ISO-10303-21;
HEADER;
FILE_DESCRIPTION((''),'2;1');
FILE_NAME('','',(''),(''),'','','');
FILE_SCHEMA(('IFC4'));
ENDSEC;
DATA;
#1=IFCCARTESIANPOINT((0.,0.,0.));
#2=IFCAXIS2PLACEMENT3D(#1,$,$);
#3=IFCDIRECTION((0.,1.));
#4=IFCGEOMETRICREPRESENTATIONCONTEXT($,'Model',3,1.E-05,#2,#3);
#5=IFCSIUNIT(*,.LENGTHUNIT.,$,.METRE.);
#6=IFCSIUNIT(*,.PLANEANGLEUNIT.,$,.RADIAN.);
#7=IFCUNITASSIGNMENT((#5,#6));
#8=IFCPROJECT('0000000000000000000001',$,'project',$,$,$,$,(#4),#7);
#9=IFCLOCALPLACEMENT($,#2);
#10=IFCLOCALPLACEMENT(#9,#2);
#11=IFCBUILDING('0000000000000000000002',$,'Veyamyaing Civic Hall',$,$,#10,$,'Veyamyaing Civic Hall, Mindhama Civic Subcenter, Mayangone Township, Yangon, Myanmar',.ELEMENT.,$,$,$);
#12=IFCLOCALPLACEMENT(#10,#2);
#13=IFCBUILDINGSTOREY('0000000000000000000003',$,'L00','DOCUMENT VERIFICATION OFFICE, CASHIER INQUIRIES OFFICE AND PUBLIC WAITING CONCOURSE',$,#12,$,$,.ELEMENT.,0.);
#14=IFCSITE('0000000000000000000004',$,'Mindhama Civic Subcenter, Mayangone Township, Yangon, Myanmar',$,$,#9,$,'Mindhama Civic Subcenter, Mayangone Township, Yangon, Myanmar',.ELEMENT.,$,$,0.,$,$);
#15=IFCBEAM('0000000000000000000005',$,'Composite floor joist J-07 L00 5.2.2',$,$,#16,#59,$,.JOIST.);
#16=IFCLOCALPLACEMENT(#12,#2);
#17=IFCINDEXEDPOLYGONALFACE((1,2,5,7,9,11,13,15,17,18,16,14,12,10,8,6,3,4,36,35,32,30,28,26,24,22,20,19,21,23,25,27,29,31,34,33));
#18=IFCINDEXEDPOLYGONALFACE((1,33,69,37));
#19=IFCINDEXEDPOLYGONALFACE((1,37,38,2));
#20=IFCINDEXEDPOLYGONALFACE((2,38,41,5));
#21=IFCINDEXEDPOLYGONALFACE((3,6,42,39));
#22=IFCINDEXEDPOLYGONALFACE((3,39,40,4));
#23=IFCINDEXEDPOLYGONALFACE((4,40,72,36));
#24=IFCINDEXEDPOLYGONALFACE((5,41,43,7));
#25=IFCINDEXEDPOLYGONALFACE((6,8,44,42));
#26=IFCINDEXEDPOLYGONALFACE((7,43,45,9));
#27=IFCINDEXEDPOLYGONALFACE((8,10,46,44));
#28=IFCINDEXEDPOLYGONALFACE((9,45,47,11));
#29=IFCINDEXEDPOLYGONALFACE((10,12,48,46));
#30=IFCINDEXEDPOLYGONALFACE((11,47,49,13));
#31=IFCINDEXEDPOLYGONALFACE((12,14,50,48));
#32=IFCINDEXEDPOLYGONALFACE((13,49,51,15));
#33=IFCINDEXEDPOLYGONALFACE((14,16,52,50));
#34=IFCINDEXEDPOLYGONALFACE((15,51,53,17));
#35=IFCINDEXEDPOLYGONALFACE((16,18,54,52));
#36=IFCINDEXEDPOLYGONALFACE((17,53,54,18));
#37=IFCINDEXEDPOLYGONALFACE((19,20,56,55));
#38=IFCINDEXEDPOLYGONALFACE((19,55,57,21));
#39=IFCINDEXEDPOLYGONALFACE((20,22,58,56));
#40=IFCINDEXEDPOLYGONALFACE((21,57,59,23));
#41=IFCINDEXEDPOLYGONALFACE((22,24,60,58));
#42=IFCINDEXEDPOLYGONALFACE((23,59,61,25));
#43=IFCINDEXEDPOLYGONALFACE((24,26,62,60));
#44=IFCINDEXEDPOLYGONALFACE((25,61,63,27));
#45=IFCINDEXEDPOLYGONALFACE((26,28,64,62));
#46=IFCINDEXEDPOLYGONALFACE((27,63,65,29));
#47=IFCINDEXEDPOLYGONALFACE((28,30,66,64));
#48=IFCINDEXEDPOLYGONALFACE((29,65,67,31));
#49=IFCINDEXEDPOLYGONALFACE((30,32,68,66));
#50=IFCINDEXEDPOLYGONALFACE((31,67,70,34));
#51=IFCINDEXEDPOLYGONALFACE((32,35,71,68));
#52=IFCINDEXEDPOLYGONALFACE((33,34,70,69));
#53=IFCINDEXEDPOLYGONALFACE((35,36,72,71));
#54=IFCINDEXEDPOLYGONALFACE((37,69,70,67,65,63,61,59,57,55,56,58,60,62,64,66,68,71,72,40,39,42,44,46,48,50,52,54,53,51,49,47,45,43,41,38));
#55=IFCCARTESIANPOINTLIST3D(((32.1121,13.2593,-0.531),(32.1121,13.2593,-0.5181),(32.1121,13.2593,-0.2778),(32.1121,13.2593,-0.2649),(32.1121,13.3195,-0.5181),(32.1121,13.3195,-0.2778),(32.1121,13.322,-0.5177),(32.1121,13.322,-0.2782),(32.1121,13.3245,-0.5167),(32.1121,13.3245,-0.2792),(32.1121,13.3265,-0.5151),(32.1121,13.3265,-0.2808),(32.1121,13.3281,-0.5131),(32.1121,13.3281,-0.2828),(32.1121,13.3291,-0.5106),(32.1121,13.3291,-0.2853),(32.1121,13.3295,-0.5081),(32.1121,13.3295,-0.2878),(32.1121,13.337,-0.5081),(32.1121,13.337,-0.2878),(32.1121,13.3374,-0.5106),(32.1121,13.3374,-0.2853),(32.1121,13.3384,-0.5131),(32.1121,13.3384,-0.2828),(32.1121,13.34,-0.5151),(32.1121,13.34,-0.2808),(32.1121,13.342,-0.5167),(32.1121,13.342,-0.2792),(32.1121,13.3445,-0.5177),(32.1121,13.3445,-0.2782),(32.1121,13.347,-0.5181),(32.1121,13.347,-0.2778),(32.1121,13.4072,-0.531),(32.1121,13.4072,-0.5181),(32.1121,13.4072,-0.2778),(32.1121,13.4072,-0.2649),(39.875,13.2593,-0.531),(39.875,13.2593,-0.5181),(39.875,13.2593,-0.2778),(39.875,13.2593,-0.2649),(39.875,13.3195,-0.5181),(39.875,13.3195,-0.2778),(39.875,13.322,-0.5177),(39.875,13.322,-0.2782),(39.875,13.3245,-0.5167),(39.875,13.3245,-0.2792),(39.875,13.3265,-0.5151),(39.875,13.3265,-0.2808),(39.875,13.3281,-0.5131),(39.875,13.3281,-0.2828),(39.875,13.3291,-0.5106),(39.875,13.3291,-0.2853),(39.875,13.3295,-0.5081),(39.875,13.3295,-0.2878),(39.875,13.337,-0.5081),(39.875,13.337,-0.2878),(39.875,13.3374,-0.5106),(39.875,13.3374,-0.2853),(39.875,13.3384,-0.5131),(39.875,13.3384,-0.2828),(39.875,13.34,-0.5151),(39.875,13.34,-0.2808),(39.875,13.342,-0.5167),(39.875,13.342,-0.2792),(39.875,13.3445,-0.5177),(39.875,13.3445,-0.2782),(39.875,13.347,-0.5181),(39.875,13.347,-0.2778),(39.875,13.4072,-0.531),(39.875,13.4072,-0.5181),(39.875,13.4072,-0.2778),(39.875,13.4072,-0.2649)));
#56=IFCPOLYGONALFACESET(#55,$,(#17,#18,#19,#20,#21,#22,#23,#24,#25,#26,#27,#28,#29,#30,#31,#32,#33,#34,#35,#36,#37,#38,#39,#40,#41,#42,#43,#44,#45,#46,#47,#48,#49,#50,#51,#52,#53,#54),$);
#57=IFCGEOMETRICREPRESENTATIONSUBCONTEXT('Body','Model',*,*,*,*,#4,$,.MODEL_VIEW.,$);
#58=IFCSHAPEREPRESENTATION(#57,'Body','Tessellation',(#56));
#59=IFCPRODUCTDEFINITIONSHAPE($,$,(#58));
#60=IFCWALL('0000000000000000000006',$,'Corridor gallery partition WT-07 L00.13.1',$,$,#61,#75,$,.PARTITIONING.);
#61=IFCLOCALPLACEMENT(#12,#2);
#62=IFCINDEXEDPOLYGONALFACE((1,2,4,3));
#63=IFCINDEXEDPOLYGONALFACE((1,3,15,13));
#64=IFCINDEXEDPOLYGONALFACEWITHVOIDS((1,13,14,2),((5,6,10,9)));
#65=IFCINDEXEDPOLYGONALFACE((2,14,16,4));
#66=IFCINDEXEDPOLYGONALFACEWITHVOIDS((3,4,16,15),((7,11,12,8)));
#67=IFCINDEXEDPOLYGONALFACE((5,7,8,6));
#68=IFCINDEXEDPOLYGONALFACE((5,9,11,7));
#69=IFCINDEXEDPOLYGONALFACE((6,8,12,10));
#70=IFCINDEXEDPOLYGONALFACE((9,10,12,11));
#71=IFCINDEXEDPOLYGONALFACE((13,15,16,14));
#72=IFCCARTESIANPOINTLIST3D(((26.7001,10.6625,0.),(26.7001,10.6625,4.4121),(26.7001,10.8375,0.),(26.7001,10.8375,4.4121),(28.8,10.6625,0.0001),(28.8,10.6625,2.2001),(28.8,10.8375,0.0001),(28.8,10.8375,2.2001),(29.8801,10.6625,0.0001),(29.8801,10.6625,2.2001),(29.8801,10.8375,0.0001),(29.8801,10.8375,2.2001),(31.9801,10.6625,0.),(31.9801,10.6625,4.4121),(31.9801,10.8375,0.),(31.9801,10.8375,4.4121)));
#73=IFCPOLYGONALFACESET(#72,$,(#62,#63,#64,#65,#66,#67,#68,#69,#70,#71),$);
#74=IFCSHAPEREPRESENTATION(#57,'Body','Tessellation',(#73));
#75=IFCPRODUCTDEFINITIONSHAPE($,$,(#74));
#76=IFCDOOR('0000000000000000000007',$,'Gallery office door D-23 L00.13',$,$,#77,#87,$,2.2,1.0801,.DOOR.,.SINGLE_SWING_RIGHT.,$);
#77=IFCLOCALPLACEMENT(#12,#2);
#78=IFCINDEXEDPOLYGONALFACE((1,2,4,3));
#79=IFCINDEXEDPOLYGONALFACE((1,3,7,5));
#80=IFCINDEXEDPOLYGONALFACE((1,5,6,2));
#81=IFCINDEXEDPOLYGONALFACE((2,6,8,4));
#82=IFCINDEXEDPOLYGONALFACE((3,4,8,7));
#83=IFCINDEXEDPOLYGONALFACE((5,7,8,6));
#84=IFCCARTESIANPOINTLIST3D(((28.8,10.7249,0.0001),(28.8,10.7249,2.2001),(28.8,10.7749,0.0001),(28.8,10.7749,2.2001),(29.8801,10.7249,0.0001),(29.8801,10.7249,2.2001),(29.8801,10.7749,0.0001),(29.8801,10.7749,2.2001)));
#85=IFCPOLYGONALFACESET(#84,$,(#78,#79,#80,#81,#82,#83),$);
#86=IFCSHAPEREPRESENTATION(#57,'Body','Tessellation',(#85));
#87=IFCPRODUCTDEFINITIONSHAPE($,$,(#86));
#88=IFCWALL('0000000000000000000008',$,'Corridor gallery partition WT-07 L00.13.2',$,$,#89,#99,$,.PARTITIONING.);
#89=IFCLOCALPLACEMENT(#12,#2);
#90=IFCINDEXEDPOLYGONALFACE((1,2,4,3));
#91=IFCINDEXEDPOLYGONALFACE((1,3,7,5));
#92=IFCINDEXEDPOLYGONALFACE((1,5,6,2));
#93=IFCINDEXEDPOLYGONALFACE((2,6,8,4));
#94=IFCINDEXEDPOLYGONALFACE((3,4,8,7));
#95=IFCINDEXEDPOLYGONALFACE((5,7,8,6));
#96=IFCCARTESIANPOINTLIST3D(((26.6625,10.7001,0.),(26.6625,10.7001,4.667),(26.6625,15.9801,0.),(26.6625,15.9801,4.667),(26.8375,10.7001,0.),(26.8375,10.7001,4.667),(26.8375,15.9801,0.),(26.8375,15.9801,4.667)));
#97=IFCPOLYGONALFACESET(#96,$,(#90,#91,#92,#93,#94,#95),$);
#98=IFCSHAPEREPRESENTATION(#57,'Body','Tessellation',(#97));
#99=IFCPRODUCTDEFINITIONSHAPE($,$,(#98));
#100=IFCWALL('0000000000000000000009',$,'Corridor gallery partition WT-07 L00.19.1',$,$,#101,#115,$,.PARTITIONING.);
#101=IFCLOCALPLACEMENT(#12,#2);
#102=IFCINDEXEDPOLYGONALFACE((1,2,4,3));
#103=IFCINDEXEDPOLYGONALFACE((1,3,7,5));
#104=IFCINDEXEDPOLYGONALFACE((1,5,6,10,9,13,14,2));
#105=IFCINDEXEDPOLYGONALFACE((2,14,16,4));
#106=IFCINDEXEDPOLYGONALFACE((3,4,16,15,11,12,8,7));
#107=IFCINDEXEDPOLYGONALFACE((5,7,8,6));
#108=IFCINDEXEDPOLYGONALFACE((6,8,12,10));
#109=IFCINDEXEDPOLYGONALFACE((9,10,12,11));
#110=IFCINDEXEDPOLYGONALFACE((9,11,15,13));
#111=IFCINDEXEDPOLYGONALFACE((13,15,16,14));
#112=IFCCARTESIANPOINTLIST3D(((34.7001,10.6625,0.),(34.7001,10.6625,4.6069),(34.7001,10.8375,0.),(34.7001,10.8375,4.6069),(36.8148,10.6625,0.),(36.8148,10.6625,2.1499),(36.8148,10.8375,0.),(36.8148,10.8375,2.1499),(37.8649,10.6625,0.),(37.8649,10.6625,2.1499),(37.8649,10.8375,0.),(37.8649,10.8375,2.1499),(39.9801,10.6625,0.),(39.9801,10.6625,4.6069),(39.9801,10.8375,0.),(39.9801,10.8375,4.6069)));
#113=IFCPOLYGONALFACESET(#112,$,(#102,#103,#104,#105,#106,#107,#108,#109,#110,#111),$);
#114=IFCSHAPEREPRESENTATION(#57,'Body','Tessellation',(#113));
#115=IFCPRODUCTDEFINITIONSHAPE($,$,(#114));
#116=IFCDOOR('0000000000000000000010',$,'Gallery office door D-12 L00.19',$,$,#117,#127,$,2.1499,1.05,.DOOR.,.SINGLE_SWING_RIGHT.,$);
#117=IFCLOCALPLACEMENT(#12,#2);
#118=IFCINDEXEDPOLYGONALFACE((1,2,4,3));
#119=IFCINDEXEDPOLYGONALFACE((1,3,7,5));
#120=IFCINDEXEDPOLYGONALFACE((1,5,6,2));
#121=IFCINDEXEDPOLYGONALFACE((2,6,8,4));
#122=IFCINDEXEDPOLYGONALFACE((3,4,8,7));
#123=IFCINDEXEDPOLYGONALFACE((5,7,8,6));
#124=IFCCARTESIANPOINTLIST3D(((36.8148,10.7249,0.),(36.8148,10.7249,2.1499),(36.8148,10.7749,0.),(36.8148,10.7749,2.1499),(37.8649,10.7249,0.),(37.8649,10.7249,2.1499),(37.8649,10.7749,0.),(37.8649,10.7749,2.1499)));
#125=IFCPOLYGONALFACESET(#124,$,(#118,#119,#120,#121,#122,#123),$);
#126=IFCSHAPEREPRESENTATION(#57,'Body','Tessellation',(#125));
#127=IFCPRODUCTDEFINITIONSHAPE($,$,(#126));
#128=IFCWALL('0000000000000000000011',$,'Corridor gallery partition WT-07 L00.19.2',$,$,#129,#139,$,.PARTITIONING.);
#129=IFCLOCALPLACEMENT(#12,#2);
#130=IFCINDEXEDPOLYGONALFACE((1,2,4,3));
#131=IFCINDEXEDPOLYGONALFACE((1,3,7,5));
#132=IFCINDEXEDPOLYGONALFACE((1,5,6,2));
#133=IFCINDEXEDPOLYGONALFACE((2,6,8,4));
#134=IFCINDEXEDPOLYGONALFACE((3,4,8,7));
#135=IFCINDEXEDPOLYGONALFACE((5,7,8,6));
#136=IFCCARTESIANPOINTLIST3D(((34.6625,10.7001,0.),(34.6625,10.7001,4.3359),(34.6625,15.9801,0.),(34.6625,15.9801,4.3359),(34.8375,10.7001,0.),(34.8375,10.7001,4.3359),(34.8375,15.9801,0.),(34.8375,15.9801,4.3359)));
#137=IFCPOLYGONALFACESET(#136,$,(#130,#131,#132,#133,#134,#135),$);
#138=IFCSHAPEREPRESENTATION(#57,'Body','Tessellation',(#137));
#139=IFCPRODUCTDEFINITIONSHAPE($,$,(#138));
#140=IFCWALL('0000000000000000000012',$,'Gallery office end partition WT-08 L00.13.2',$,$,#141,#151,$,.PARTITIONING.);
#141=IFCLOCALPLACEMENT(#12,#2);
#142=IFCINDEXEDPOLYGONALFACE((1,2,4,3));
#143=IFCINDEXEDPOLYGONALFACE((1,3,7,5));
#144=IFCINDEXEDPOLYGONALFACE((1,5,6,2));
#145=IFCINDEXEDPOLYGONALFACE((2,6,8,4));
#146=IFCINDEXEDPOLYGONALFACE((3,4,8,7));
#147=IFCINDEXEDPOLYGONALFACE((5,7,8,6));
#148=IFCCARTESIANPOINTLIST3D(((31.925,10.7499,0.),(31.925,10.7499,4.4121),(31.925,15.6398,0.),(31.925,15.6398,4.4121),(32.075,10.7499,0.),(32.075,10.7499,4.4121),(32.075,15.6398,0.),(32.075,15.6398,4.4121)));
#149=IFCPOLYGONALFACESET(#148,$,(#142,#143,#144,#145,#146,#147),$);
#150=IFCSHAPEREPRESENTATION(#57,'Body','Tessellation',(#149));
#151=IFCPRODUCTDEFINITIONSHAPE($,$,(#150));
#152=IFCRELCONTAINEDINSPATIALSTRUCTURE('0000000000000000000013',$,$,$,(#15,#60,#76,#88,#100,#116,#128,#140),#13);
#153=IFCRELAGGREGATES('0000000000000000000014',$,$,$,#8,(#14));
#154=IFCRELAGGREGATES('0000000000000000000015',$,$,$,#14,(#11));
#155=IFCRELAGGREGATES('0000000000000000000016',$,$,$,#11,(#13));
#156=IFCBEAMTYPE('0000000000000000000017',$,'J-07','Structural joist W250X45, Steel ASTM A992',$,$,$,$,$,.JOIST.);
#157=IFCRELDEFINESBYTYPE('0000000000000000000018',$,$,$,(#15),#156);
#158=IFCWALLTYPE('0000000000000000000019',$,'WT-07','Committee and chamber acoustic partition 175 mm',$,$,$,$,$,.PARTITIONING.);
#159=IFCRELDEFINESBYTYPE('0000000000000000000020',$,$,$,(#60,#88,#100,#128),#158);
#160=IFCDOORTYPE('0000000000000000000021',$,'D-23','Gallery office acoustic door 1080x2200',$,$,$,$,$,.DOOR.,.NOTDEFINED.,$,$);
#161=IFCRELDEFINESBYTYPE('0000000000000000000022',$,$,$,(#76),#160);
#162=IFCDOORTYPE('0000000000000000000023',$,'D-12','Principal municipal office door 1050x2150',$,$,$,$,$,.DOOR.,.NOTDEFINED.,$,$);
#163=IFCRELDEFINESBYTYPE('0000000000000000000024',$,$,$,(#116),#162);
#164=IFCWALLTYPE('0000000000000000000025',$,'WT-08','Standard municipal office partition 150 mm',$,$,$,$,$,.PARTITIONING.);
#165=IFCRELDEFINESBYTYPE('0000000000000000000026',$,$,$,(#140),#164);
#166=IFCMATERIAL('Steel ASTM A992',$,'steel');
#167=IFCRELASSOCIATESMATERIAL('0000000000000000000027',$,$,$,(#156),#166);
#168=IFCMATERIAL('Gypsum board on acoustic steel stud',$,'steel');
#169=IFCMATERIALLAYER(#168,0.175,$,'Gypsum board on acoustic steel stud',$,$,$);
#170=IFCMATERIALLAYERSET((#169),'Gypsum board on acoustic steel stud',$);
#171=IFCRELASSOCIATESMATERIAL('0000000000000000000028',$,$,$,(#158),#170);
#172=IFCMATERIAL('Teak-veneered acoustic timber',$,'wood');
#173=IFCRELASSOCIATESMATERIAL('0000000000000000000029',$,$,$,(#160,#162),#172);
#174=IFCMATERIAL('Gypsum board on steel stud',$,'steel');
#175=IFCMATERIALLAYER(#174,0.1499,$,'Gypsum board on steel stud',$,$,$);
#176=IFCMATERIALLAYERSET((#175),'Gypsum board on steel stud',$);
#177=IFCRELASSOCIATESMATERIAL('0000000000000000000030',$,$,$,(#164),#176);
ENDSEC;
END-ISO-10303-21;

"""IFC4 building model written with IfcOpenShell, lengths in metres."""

from ifc_helpers import new_model, si_unit, direction, frame, frame_2d, origin, origin_2d, place, context, subcontext, project, spatial, rectangle, i_section, extrude, material, layer, layer_set, material_profile, profile_set, type_object, element, fill, save


model = new_model("IFC4")

# Units and contexts
model_context = context("Model", 3, precision=1e-05, world=origin(), true_north=direction((0.0, 1.0)))
body_context = subcontext(model_context, "Body", "Model", "MODEL_VIEW")
ifc_project = project(units=[si_unit("LENGTHUNIT", "METRE"), si_unit("PLANEANGLEUNIT", "RADIAN")], contexts=[model_context])

# Site, building, storey
site_placement = place(None, origin())
site = spatial("IfcSite", under=ifc_project, at=site_placement, Name="Mindhama Civic Subcenter, Mayangone Township, Yangon, Myanmar", LongName="Mindhama Civic Subcenter, Mayangone Township, Yangon, Myanmar", CompositionType="ELEMENT", RefElevation=0.0)
building_placement = place(site_placement, origin())
building = spatial("IfcBuilding", under=site, at=building_placement, Name="Veyamyaing Civic Hall", LongName="Veyamyaing Civic Hall, Mindhama Civic Subcenter, Mayangone Township, Yangon, Myanmar", CompositionType="ELEMENT")
storey_placement = place(building_placement, origin())
storey = spatial("IfcBuildingStorey", under=building, at=storey_placement, Name="L00", Description="DOCUMENT VERIFICATION OFFICE, CASHIER INQUIRIES OFFICE AND PUBLIC WAITING CONCOURSE", CompositionType="ELEMENT", Elevation=0.0)

# Shared definitions
ifc_material_1 = material(Name="Steel ASTM A992", Category="steel")

# Beam
ifc_material_profile_1 = material_profile(ifc_material_1, i_section(OverallWidth=0.1479, OverallDepth=0.2661, WebThickness=0.0076, FlangeThickness=0.0129, FilletRadius=0.01, at=origin_2d()), Name="W250X45")
ifc_profile_set_1 = profile_set([ifc_material_profile_1], Name="Steel ASTM A992")
beam_type_1 = type_object("IfcBeamType", Name="J-07", Description="Structural joist W250X45, Steel ASTM A992", PredefinedType="JOIST", material=ifc_profile_set_1)
for number, where, z_axis, x_axis, name in (
    (1, (32.1121, 13.3333, -0.3979), (1.0, 0.0, 0.0), (0.0, 1.0, 0.0), "Composite floor joist J-07 L00 5.2.2"),
):
    element("IfcBeam", number, at=place(storey_placement, frame(where, z_axis=z_axis, x_axis=x_axis)), inside=storey, type_object=beam_type_1, Name=name, PredefinedType="JOIST", context=body_context, shape_type="SweptSolid", body=[
        extrude(i_section(OverallWidth=0.1479, OverallDepth=0.2661, WebThickness=0.0076, FlangeThickness=0.0129, FilletRadius=0.01, at=origin_2d()), origin(), (0.0, 0.0, 1.0), 7.7629),
    ])

# Wall, opening, door
ifc_material_2 = material(Name="Gypsum board on acoustic steel stud", Category="steel")
ifc_layer_1 = layer(ifc_material_2, 0.175, Name="Gypsum board on acoustic steel stud")
ifc_layer_set_1 = layer_set([ifc_layer_1], Name="Gypsum board on acoustic steel stud")
wall_type_1 = type_object("IfcWallType", Name="WT-07", Description="Committee and chamber acoustic partition 175 mm", PredefinedType="PARTITIONING", material=ifc_layer_set_1)
wall_1_placement = place(storey_placement, frame((26.7, 10.75, 0.0), z_axis=(0.0, 0.0, 1.0), x_axis=(1.0, 0.0, 0.0)))
wall_1 = element("IfcWall", 2, at=wall_1_placement, inside=storey, type_object=wall_type_1, Name="Corridor gallery partition WT-07 L00.13.1", PredefinedType="PARTITIONING", context=body_context, shape_type="SweptSolid", body=[
    extrude(rectangle(XDim=5.28, YDim=0.175, at=frame_2d((2.6401, 0.0))), origin(), (0.0, 0.0, 1.0), 4.4121),
])
opening_1_placement = place(wall_1_placement, frame((2.1001, 0.0, 0.0)))
opening_1 = element("IfcOpeningElement", 3, at=opening_1_placement, cuts=wall_1, PredefinedType="OPENING", context=body_context, shape_type="SweptSolid", body=[
    extrude(rectangle(XDim=1.0801, YDim=2.2, at=frame_2d((0.54, 1.1001))), frame((0.0, 0.0974, 0.0), z_axis=(0.0, -1.0, 0.0), x_axis=(1.0, 0.0, 0.0)), (0.0, 0.0, 1.0), 0.1951),
])
ifc_material_3 = material(Name="Teak-veneered acoustic timber", Category="wood")
door_type_1 = type_object("IfcDoorType", Name="D-23", Description="Gallery office acoustic door 1080x2200", OperationType="NOTDEFINED", PredefinedType="DOOR", material=ifc_material_3)
door_1_placement = place(opening_1_placement, origin())
door_1 = element("IfcDoor", 4, at=door_1_placement, inside=storey, type_object=door_type_1, Name="Gallery office door D-23 L00.13", OperationType="SINGLE_SWING_RIGHT", OverallHeight=2.2, OverallWidth=1.0801, PredefinedType="DOOR", context=body_context, shape_type="SweptSolid", body=[
    extrude(rectangle(XDim=1.0801, YDim=2.2, at=frame_2d((0.54, 1.1001))), frame((0.0, 0.0249, 0.0), z_axis=(0.0, -1.0, 0.0), x_axis=(1.0, 0.0, 0.0)), (0.0, 0.0, 1.0), 0.05),
])
fill(opening_1, door_1)

# Wall
wall_2_placement = place(storey_placement, frame((26.75, 10.7, 0.0), z_axis=(0.0, 0.0, 1.0), x_axis=(0.0, 1.0, 0.0)))
element("IfcWall", 5, at=wall_2_placement, inside=storey, type_object=wall_type_1, Name="Corridor gallery partition WT-07 L00.13.2", PredefinedType="PARTITIONING", context=body_context, shape_type="SweptSolid", body=[
    extrude(rectangle(XDim=5.28, YDim=0.175, at=frame_2d((2.6401, 0.0))), origin(), (0.0, 0.0, 1.0), 4.667),
])

# Wall, opening, door
wall_3_placement = place(storey_placement, frame((34.7, 10.75, 0.0), z_axis=(0.0, 0.0, 1.0), x_axis=(1.0, 0.0, 0.0)))
wall_3 = element("IfcWall", 6, at=wall_3_placement, inside=storey, type_object=wall_type_1, Name="Corridor gallery partition WT-07 L00.19.1", PredefinedType="PARTITIONING", context=body_context, shape_type="SweptSolid", body=[
    extrude(rectangle(XDim=5.28, YDim=0.175, at=frame_2d((2.6401, 0.0))), origin(), (0.0, 0.0, 1.0), 4.6069),
])
opening_2_placement = place(wall_3_placement, frame((2.115, 0.0, 0.0)))
opening_2 = element("IfcOpeningElement", 7, at=opening_2_placement, cuts=wall_3, PredefinedType="OPENING", context=body_context, shape_type="SweptSolid", body=[
    extrude(rectangle(XDim=1.05, YDim=2.1499, at=frame_2d((0.5249, 1.075))), frame((0.0, 0.0974, 0.0), z_axis=(0.0, -1.0, 0.0), x_axis=(1.0, 0.0, 0.0)), (0.0, 0.0, 1.0), 0.1951),
])
door_type_2 = type_object("IfcDoorType", Name="D-12", Description="Principal municipal office door 1050x2150", OperationType="NOTDEFINED", PredefinedType="DOOR", material=ifc_material_3)
door_2_placement = place(opening_2_placement, origin())
door_2 = element("IfcDoor", 8, at=door_2_placement, inside=storey, type_object=door_type_2, Name="Gallery office door D-12 L00.19", OperationType="SINGLE_SWING_RIGHT", OverallHeight=2.1499, OverallWidth=1.05, PredefinedType="DOOR", context=body_context, shape_type="SweptSolid", body=[
    extrude(rectangle(XDim=1.05, YDim=2.1499, at=frame_2d((0.5249, 1.075))), frame((0.0, 0.0249, 0.0), z_axis=(0.0, -1.0, 0.0), x_axis=(1.0, 0.0, 0.0)), (0.0, 0.0, 1.0), 0.05),
])
fill(opening_2, door_2)

# Walls
wall_4_placement = place(storey_placement, frame((34.75, 10.7, 0.0), z_axis=(0.0, 0.0, 1.0), x_axis=(0.0, 1.0, 0.0)))
element("IfcWall", 9, at=wall_4_placement, inside=storey, type_object=wall_type_1, Name="Corridor gallery partition WT-07 L00.19.2", PredefinedType="PARTITIONING", context=body_context, shape_type="SweptSolid", body=[
    extrude(rectangle(XDim=5.28, YDim=0.175, at=frame_2d((2.6401, 0.0))), origin(), (0.0, 0.0, 1.0), 4.3359),
])
ifc_material_4 = material(Name="Gypsum board on steel stud", Category="steel")
ifc_layer_2 = layer(ifc_material_4, 0.1499, Name="Gypsum board on steel stud")
ifc_layer_set_2 = layer_set([ifc_layer_2], Name="Gypsum board on steel stud")
wall_type_2 = type_object("IfcWallType", Name="WT-08", Description="Standard municipal office partition 150 mm", PredefinedType="PARTITIONING", material=ifc_layer_set_2)
wall_5_placement = place(storey_placement, frame((32.0, 10.75, 0.0), z_axis=(0.0, 0.0, 1.0), x_axis=(0.0, 1.0, 0.0)))
element("IfcWall", 10, at=wall_5_placement, inside=storey, type_object=wall_type_2, Name="Gallery office end partition WT-08 L00.13.2", PredefinedType="PARTITIONING", context=body_context, shape_type="SweptSolid", body=[
    extrude(rectangle(XDim=4.8899, YDim=0.1499, at=frame_2d((2.4448, 0.0))), origin(), (0.0, 0.0, 1.0), 4.4121),
])

save(model, "model.ifc")
